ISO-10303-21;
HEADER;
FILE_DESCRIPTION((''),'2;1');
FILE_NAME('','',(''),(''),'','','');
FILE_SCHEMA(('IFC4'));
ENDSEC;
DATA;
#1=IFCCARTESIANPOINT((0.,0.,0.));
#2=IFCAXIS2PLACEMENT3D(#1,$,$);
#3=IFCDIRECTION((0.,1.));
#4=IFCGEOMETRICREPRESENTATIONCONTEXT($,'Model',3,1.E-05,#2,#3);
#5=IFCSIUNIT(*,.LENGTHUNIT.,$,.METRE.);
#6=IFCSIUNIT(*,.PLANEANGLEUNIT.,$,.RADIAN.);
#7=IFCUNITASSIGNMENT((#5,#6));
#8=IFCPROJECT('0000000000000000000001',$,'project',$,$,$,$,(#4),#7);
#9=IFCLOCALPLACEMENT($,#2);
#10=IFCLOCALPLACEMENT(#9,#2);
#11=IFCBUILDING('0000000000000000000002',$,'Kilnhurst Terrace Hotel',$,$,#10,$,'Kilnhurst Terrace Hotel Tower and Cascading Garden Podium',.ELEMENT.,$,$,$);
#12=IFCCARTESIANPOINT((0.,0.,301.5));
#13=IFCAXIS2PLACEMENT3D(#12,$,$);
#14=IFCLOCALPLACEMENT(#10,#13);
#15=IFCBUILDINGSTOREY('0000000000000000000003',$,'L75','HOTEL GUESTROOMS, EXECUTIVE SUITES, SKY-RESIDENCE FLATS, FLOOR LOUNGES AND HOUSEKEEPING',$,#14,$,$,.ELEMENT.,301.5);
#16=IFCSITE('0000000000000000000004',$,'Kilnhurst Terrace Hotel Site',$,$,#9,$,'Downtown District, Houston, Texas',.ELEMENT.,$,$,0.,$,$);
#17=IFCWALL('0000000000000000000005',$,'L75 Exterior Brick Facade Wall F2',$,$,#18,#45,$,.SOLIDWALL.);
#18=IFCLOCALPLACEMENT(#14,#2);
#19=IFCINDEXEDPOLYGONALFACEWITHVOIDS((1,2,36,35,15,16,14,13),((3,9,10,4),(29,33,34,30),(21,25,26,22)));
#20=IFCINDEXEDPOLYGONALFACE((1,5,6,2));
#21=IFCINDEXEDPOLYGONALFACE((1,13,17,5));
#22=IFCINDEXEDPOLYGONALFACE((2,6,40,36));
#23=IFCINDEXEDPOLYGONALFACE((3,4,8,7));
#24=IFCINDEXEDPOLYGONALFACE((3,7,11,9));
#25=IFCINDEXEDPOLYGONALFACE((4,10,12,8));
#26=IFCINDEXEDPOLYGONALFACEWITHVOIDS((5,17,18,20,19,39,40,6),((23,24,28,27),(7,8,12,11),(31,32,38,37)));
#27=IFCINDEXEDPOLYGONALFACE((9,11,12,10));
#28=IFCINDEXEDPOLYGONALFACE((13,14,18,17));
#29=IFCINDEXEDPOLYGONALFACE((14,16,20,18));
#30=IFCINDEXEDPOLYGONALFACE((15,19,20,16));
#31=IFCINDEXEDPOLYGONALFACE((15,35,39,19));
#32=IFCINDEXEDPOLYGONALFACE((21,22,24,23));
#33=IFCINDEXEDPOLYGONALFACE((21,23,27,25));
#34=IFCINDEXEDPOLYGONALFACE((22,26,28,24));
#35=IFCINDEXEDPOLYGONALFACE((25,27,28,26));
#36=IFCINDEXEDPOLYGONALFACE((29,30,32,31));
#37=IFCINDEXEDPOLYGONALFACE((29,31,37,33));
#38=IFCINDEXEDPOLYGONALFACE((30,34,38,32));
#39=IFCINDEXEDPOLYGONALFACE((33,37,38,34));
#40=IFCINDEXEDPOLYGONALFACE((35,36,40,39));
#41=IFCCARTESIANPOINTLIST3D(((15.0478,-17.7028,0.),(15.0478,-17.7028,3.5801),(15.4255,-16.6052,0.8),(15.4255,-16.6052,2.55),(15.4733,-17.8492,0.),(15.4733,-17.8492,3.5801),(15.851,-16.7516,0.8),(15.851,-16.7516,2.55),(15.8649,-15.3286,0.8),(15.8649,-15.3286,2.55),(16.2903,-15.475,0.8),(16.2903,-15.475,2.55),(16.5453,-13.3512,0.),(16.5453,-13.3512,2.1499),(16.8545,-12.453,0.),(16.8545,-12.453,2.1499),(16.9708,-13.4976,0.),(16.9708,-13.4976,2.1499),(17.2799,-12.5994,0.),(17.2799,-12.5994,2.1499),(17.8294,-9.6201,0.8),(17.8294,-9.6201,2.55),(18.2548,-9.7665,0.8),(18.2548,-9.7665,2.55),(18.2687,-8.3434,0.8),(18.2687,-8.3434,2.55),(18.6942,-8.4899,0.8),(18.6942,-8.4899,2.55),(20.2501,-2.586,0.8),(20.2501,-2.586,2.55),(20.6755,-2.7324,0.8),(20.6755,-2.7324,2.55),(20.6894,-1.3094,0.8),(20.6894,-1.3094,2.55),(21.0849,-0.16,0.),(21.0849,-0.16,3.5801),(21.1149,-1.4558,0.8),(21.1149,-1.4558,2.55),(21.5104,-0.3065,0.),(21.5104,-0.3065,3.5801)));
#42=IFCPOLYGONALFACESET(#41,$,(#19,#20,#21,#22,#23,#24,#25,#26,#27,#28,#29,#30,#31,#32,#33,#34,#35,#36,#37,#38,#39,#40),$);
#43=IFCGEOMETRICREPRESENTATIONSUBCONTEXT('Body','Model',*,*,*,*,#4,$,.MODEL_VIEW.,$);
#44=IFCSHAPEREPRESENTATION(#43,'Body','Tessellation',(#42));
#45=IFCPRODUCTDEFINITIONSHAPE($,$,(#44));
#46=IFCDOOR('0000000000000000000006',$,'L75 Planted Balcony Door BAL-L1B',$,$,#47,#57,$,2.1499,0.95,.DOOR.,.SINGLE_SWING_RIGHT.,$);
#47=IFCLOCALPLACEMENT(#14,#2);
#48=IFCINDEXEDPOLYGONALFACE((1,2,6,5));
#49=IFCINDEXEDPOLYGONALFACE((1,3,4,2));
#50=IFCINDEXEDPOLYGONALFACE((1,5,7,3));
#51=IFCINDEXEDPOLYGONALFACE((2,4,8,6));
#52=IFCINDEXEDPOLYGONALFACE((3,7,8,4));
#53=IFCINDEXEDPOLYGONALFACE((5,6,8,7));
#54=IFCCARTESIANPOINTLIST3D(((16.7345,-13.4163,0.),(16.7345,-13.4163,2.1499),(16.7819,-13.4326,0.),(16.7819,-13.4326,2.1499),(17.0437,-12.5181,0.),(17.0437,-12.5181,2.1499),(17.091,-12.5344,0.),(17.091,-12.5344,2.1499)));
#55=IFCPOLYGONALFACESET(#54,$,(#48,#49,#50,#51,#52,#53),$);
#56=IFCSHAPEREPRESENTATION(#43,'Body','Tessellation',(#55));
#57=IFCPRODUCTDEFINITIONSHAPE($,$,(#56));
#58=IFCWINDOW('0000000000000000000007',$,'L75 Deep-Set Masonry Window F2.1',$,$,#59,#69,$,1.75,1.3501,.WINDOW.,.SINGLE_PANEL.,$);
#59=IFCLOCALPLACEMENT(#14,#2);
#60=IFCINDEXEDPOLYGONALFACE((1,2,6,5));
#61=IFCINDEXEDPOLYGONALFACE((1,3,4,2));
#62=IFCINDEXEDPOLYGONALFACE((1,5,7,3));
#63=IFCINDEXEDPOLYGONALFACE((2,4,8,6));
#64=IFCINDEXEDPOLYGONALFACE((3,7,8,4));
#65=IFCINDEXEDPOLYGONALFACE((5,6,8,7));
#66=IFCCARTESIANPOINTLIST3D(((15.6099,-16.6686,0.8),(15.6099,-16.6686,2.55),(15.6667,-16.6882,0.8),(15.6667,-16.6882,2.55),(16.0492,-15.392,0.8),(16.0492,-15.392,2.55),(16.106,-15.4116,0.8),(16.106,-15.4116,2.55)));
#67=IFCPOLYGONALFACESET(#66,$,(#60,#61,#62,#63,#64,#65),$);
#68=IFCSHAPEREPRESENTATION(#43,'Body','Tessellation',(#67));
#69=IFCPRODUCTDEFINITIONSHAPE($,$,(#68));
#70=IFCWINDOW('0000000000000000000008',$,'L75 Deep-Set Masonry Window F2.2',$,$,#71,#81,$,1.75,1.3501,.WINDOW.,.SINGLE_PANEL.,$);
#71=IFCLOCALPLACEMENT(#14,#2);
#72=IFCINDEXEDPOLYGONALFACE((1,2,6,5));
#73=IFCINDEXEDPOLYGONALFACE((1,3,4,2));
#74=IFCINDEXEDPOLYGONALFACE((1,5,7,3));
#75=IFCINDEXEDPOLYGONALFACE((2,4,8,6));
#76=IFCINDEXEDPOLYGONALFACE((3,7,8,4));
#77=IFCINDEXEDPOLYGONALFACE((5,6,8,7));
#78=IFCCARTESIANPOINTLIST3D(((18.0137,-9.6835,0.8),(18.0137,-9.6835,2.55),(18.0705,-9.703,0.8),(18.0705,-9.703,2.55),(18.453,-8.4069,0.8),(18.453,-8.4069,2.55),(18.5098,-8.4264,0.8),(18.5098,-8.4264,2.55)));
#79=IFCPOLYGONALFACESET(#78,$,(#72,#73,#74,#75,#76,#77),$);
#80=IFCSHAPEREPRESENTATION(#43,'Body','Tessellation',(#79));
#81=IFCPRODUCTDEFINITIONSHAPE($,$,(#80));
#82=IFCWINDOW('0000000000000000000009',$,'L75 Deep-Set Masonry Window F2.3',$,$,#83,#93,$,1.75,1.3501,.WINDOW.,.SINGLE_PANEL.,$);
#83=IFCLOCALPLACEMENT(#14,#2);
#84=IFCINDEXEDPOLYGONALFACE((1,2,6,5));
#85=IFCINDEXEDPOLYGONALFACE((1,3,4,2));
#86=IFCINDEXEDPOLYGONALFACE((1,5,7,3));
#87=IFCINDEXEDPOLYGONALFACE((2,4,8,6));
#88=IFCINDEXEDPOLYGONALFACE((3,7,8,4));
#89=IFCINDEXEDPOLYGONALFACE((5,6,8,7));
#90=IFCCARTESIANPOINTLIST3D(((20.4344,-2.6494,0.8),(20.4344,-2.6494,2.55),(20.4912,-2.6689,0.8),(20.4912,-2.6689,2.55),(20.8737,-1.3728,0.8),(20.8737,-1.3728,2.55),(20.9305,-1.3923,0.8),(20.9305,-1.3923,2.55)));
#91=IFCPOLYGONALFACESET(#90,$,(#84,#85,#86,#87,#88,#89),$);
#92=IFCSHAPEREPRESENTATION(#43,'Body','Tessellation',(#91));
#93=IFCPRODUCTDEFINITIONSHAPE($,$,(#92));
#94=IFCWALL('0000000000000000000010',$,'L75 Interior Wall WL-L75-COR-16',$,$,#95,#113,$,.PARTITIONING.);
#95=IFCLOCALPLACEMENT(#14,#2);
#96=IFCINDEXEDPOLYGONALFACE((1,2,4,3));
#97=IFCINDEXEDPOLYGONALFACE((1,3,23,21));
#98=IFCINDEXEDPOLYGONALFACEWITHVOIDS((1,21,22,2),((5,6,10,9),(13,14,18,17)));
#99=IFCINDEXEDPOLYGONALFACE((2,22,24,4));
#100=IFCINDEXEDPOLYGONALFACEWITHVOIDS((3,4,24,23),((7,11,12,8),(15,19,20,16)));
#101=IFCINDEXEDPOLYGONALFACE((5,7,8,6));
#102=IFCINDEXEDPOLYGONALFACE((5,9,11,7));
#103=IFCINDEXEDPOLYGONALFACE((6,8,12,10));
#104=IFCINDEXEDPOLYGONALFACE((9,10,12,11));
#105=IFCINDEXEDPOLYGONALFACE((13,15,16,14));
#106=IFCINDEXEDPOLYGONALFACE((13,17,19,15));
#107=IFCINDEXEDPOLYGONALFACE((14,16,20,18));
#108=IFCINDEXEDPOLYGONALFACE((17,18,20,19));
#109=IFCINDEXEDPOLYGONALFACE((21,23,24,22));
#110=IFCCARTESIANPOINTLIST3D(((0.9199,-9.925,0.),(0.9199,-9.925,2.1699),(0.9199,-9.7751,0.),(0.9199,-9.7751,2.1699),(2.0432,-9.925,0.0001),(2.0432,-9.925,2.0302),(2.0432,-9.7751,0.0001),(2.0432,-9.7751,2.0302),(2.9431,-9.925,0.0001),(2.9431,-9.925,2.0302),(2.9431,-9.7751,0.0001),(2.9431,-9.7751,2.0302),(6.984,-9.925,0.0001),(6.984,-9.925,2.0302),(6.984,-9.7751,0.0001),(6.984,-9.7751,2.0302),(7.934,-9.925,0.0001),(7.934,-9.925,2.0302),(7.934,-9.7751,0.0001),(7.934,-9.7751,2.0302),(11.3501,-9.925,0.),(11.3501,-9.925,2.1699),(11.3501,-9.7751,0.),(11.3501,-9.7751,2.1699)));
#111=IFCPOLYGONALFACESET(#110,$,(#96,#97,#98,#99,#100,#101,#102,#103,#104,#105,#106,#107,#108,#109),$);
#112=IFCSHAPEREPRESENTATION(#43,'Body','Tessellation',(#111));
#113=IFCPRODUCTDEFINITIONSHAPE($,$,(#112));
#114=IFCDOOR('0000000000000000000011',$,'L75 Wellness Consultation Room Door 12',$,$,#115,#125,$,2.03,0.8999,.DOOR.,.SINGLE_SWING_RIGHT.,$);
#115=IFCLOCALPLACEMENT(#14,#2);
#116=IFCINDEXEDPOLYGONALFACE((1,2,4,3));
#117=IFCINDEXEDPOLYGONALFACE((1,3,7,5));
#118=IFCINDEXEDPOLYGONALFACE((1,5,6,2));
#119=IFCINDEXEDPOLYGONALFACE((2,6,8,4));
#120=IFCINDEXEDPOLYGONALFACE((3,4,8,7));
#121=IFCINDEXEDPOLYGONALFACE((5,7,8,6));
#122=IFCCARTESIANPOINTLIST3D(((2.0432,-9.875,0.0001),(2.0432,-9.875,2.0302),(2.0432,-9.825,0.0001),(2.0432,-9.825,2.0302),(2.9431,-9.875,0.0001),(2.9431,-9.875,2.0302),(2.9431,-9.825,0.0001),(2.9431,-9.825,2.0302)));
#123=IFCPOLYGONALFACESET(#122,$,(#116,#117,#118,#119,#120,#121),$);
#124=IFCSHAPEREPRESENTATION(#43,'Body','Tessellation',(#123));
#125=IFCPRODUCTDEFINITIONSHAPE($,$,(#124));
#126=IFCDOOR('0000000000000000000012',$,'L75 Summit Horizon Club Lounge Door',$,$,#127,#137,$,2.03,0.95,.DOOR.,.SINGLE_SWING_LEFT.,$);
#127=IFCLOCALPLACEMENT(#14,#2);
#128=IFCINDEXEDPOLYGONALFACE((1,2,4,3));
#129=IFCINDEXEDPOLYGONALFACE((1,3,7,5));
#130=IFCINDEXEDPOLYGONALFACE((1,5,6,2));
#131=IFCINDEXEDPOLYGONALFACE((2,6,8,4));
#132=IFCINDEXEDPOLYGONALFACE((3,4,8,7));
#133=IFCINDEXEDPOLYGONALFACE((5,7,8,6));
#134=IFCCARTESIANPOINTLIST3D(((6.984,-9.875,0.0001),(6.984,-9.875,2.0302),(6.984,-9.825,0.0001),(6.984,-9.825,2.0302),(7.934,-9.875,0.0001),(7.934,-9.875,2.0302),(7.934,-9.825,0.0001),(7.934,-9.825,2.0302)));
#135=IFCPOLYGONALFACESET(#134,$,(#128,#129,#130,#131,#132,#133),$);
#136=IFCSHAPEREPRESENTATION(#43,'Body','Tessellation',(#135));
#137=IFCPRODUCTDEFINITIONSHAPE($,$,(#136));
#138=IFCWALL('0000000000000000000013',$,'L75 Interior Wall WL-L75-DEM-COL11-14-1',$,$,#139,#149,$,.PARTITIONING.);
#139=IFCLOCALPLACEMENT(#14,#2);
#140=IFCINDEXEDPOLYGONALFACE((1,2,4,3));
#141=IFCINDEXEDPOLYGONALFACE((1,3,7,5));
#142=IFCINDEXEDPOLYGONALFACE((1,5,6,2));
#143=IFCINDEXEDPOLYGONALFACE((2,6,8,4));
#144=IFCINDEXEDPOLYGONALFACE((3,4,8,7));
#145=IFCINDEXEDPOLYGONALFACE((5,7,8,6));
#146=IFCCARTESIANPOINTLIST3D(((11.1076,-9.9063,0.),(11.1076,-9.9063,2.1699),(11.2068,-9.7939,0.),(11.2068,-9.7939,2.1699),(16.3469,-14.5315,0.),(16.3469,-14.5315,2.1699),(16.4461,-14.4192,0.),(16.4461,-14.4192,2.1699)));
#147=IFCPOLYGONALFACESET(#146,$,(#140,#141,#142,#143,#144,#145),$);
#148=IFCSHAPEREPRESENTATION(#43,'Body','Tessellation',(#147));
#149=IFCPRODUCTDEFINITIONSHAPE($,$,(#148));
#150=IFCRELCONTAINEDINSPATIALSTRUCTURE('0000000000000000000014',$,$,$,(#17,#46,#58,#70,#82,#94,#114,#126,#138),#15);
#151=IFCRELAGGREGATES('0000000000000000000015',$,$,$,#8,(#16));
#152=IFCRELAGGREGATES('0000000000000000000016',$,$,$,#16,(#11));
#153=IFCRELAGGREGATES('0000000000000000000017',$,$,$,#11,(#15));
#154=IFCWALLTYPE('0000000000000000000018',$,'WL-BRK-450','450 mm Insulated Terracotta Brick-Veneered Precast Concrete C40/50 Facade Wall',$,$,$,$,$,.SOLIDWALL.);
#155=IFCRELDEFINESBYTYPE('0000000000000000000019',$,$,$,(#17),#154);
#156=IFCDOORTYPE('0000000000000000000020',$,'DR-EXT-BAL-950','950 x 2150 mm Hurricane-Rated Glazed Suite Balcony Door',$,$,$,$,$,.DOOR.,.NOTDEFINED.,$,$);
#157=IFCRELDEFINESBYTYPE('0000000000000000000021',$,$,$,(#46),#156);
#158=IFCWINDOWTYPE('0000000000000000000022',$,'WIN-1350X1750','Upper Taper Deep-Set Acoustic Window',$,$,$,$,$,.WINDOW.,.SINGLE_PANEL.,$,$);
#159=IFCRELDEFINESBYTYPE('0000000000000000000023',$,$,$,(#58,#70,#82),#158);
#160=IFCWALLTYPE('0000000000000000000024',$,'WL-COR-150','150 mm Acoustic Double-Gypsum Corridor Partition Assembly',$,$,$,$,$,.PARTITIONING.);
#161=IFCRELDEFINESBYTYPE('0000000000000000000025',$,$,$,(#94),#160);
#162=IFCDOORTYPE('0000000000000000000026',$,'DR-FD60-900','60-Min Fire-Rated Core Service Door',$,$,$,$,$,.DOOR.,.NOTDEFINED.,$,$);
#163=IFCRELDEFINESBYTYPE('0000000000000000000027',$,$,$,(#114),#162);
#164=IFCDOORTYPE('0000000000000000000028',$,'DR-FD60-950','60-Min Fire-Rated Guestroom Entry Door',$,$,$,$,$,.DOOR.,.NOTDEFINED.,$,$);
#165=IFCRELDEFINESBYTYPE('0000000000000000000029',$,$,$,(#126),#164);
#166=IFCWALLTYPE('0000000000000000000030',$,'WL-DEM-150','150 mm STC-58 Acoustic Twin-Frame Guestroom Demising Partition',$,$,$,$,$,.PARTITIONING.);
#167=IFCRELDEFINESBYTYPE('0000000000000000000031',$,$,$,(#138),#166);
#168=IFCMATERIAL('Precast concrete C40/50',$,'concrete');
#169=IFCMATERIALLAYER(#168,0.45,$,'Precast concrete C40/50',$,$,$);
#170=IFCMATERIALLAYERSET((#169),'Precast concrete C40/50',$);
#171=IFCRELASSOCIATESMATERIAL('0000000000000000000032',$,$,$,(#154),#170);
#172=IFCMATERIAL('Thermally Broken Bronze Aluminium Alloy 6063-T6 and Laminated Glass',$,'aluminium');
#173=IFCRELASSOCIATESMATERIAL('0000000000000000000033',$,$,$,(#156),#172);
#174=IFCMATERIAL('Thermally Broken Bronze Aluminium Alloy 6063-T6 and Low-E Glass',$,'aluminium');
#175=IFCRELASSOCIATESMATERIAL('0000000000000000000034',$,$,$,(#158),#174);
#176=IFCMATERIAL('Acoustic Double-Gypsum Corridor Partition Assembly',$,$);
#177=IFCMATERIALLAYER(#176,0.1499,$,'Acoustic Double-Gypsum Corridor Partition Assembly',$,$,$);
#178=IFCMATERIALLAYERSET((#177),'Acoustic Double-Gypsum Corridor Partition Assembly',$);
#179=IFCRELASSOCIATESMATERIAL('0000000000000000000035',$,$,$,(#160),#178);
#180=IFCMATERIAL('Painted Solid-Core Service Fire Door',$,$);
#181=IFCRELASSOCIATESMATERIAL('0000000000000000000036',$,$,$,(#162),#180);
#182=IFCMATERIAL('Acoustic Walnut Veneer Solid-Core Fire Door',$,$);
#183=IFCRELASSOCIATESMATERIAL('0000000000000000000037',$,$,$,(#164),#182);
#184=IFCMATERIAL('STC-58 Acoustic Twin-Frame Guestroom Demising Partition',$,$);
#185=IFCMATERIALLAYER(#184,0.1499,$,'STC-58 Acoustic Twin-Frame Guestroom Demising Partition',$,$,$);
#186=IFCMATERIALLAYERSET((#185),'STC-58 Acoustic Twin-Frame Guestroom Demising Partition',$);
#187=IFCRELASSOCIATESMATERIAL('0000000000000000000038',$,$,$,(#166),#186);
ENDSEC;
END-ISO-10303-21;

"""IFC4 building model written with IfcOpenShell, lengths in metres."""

from ifc_helpers import new_model, si_unit, direction, frame, frame_2d, origin, place, context, subcontext, project, spatial, rectangle, extrude, material, layer, layer_set, type_object, element, fill, save


model = new_model("IFC4")

# Units and contexts
model_context = context("Model", 3, precision=1e-05, world=origin(), true_north=direction((0.0, 1.0)))
body_context = subcontext(model_context, "Body", "Model", "MODEL_VIEW")
ifc_project = project(units=[si_unit("LENGTHUNIT", "METRE"), si_unit("PLANEANGLEUNIT", "RADIAN")], contexts=[model_context])

# Site, building, storey
site_placement = place(None, origin())
site = spatial("IfcSite", under=ifc_project, at=site_placement, Name="Kilnhurst Terrace Hotel Site", LongName="Downtown District, Houston, Texas", CompositionType="ELEMENT", RefElevation=0.0)
building_placement = place(site_placement, origin())
building = spatial("IfcBuilding", under=site, at=building_placement, Name="Kilnhurst Terrace Hotel", LongName="Kilnhurst Terrace Hotel Tower and Cascading Garden Podium", CompositionType="ELEMENT")
storey_placement = place(building_placement, frame((0.0, 0.0, 301.5)))
storey = spatial("IfcBuildingStorey", under=building, at=storey_placement, Name="L75", Description="HOTEL GUESTROOMS, EXECUTIVE SUITES, SKY-RESIDENCE FLATS, FLOOR LOUNGES AND HOUSEKEEPING", CompositionType="ELEMENT", Elevation=301.5)

# Shared definitions
ifc_material_1 = material(Name="Precast concrete C40/50", Category="concrete")
ifc_layer_1 = layer(ifc_material_1, 0.45, Name="Precast concrete C40/50")
ifc_layer_set_1 = layer_set([ifc_layer_1], Name="Precast concrete C40/50")
wall_type_1 = type_object("IfcWallType", Name="WL-BRK-450", Description="450 mm Insulated Terracotta Brick-Veneered Precast Concrete C40/50 Facade Wall", PredefinedType="SOLIDWALL", material=ifc_layer_set_1)

# Wall, openings, door, windows
wall_1_placement = place(storey_placement, frame((15.2605, -17.7761, 0.0), z_axis=(0.0, 0.0, 1.0), x_axis=(0.325407, 0.945574, 0.0)))
wall_1 = element("IfcWall", 1, at=wall_1_placement, inside=storey, type_object=wall_type_1, Name="L75 Exterior Brick Facade Wall F2", PredefinedType="SOLIDWALL", context=body_context, shape_type="SweptSolid", body=[
    extrude(rectangle(XDim=18.5525, YDim=0.45, at=frame_2d((9.2764, 0.0))), origin(), (0.0, 0.0, 1.0), 3.5801),
])
opening_1_placement = place(wall_1_placement, frame((4.6021, 0.0, 0.0)))
opening_1 = element("IfcOpeningElement", 2, at=opening_1_placement, cuts=wall_1, PredefinedType="OPENING", context=body_context, shape_type="SweptSolid", body=[
    extrude(rectangle(XDim=0.95, YDim=2.1499, at=frame_2d((0.4751, 1.075))), frame((0.0, 0.2349, 0.0), z_axis=(0.0, -1.0, 0.0), x_axis=(1.0, 0.0, 0.0)), (0.0, 0.0, 1.0), 0.47),
])
opening_2_placement = place(wall_1_placement, frame((1.1609, 0.0, 0.8)))
opening_2 = element("IfcOpeningElement", 3, at=opening_2_placement, cuts=wall_1, PredefinedType="OPENING", context=body_context, shape_type="SweptSolid", body=[
    extrude(rectangle(XDim=1.3501, YDim=1.75, at=frame_2d((0.675, 0.875))), frame((0.0, 0.2349, 0.0), z_axis=(0.0, -1.0, 0.0), x_axis=(1.0, 0.0, 0.0)), (0.0, 0.0, 1.0), 0.47),
])
opening_3_placement = place(wall_1_placement, frame((8.5481, 0.0, 0.8)))
opening_3 = element("IfcOpeningElement", 4, at=opening_3_placement, cuts=wall_1, PredefinedType="OPENING", context=body_context, shape_type="SweptSolid", body=[
    extrude(rectangle(XDim=1.3501, YDim=1.75, at=frame_2d((0.675, 0.875))), frame((0.0, 0.2349, 0.0), z_axis=(0.0, -1.0, 0.0), x_axis=(1.0, 0.0, 0.0)), (0.0, 0.0, 1.0), 0.47),
])
opening_4_placement = place(wall_1_placement, frame((15.9871, 0.0, 0.8)))
opening_4 = element("IfcOpeningElement", 5, at=opening_4_placement, cuts=wall_1, PredefinedType="OPENING", context=body_context, shape_type="SweptSolid", body=[
    extrude(rectangle(XDim=1.3501, YDim=1.75, at=frame_2d((0.675, 0.875))), frame((0.0, 0.2349, 0.0), z_axis=(0.0, -1.0, 0.0), x_axis=(1.0, 0.0, 0.0)), (0.0, 0.0, 1.0), 0.47),
])
ifc_material_2 = material(Name="Thermally Broken Bronze Aluminium Alloy 6063-T6 and Laminated Glass", Category="aluminium")
door_type_1 = type_object("IfcDoorType", Name="DR-EXT-BAL-950", Description="950 x 2150 mm Hurricane-Rated Glazed Suite Balcony Door", OperationType="NOTDEFINED", PredefinedType="DOOR", material=ifc_material_2)
door_1_placement = place(opening_1_placement, origin())
door_1 = element("IfcDoor", 6, at=door_1_placement, inside=storey, type_object=door_type_1, Name="L75 Planted Balcony Door BAL-L1B", OperationType="SINGLE_SWING_RIGHT", OverallHeight=2.1499, OverallWidth=0.95, PredefinedType="DOOR", context=body_context, shape_type="SweptSolid", body=[
    extrude(rectangle(XDim=0.95, YDim=2.1499, at=frame_2d((0.4751, 1.075))), frame((0.0, 0.0249, 0.0), z_axis=(0.0, -1.0, 0.0), x_axis=(1.0, 0.0, 0.0)), (0.0, 0.0, 1.0), 0.05),
])
fill(opening_1, door_1)
ifc_material_3 = material(Name="Thermally Broken Bronze Aluminium Alloy 6063-T6 and Low-E Glass", Category="aluminium")
window_type = type_object("IfcWindowType", Name="WIN-1350X1750", Description="Upper Taper Deep-Set Acoustic Window", PartitioningType="SINGLE_PANEL", PredefinedType="WINDOW", material=ifc_material_3)
window_1_placement = place(opening_2_placement, origin())
window_1 = element("IfcWindow", 7, at=window_1_placement, inside=storey, type_object=window_type, Name="L75 Deep-Set Masonry Window F2.1", OverallHeight=1.75, OverallWidth=1.3501, PartitioningType="SINGLE_PANEL", PredefinedType="WINDOW", context=body_context, shape_type="SweptSolid", body=[
    extrude(rectangle(XDim=1.3501, YDim=1.75, at=frame_2d((0.675, 0.875))), frame((0.0, 0.03, 0.0), z_axis=(0.0, -1.0, 0.0), x_axis=(1.0, 0.0, 0.0)), (0.0, 0.0, 1.0), 0.0601),
])
fill(opening_2, window_1)
window_2_placement = place(opening_3_placement, origin())
window_2 = element("IfcWindow", 8, at=window_2_placement, inside=storey, type_object=window_type, Name="L75 Deep-Set Masonry Window F2.2", OverallHeight=1.75, OverallWidth=1.3501, PartitioningType="SINGLE_PANEL", PredefinedType="WINDOW", context=body_context, shape_type="SweptSolid", body=[
    extrude(rectangle(XDim=1.3501, YDim=1.75, at=frame_2d((0.675, 0.875))), frame((0.0, 0.03, 0.0), z_axis=(0.0, -1.0, 0.0), x_axis=(1.0, 0.0, 0.0)), (0.0, 0.0, 1.0), 0.0601),
])
fill(opening_3, window_2)
window_3_placement = place(opening_4_placement, origin())
window_3 = element("IfcWindow", 9, at=window_3_placement, inside=storey, type_object=window_type, Name="L75 Deep-Set Masonry Window F2.3", OverallHeight=1.75, OverallWidth=1.3501, PartitioningType="SINGLE_PANEL", PredefinedType="WINDOW", context=body_context, shape_type="SweptSolid", body=[
    extrude(rectangle(XDim=1.3501, YDim=1.75, at=frame_2d((0.675, 0.875))), frame((0.0, 0.03, 0.0), z_axis=(0.0, -1.0, 0.0), x_axis=(1.0, 0.0, 0.0)), (0.0, 0.0, 1.0), 0.0601),
])
fill(opening_4, window_3)

# Wall, openings, doors
ifc_material_4 = material(Name="Acoustic Double-Gypsum Corridor Partition Assembly")
ifc_layer_2 = layer(ifc_material_4, 0.1499, Name="Acoustic Double-Gypsum Corridor Partition Assembly")
ifc_layer_set_2 = layer_set([ifc_layer_2], Name="Acoustic Double-Gypsum Corridor Partition Assembly")
wall_type_2 = type_object("IfcWallType", Name="WL-COR-150", Description="150 mm Acoustic Double-Gypsum Corridor Partition Assembly", PredefinedType="PARTITIONING", material=ifc_layer_set_2)
wall_2_placement = place(storey_placement, frame((11.3501, -9.8501, 0.0), z_axis=(0.0, 0.0, 1.0), x_axis=(-1.0, 0.0, 0.0)))
wall_2 = element("IfcWall", 10, at=wall_2_placement, inside=storey, type_object=wall_type_2, Name="L75 Interior Wall WL-L75-COR-16", PredefinedType="PARTITIONING", context=body_context, shape_type="SweptSolid", body=[
    extrude(rectangle(XDim=10.4302, YDim=0.1499, at=frame_2d((5.2151, 0.0))), origin(), (0.0, 0.0, 1.0), 2.1699),
])
opening_5_placement = place(wall_2_placement, frame((8.407, 0.0, 0.0)))
opening_5 = element("IfcOpeningElement", 11, at=opening_5_placement, cuts=wall_2, PredefinedType="OPENING", context=body_context, shape_type="SweptSolid", body=[
    extrude(rectangle(XDim=0.8999, YDim=2.03, at=frame_2d((0.45, 1.0151))), frame((0.0, 0.085, 0.0), z_axis=(0.0, -1.0, 0.0), x_axis=(1.0, 0.0, 0.0)), (0.0, 0.0, 1.0), 0.1699),
])
opening_6_placement = place(wall_2_placement, frame((3.416, 0.0, 0.0)))
opening_6 = element("IfcOpeningElement", 12, at=opening_6_placement, cuts=wall_2, PredefinedType="OPENING", context=body_context, shape_type="SweptSolid", body=[
    extrude(rectangle(XDim=0.95, YDim=2.03, at=frame_2d((0.4751, 1.0151))), frame((0.0, 0.085, 0.0), z_axis=(0.0, -1.0, 0.0), x_axis=(1.0, 0.0, 0.0)), (0.0, 0.0, 1.0), 0.1699),
])
ifc_material_5 = material(Name="Painted Solid-Core Service Fire Door")
door_type_2 = type_object("IfcDoorType", Name="DR-FD60-900", Description="60-Min Fire-Rated Core Service Door", OperationType="NOTDEFINED", PredefinedType="DOOR", material=ifc_material_5)
door_2_placement = place(opening_5_placement, origin())
door_2 = element("IfcDoor", 13, at=door_2_placement, inside=storey, type_object=door_type_2, Name="L75 Wellness Consultation Room Door 12", OperationType="SINGLE_SWING_RIGHT", OverallHeight=2.03, OverallWidth=0.8999, PredefinedType="DOOR", context=body_context, shape_type="SweptSolid", body=[
    extrude(rectangle(XDim=0.8999, YDim=2.03, at=frame_2d((0.45, 1.0151))), frame((0.0, 0.0249, 0.0), z_axis=(0.0, -1.0, 0.0), x_axis=(1.0, 0.0, 0.0)), (0.0, 0.0, 1.0), 0.05),
])
fill(opening_5, door_2)
ifc_material_6 = material(Name="Acoustic Walnut Veneer Solid-Core Fire Door")
door_type_3 = type_object("IfcDoorType", Name="DR-FD60-950", Description="60-Min Fire-Rated Guestroom Entry Door", OperationType="NOTDEFINED", PredefinedType="DOOR", material=ifc_material_6)
door_3_placement = place(opening_6_placement, origin())
door_3 = element("IfcDoor", 14, at=door_3_placement, inside=storey, type_object=door_type_3, Name="L75 Summit Horizon Club Lounge Door", OperationType="SINGLE_SWING_LEFT", OverallHeight=2.03, OverallWidth=0.95, PredefinedType="DOOR", context=body_context, shape_type="SweptSolid", body=[
    extrude(rectangle(XDim=0.95, YDim=2.03, at=frame_2d((0.4751, 1.0151))), frame((0.0, 0.0249, 0.0), z_axis=(0.0, -1.0, 0.0), x_axis=(1.0, 0.0, 0.0)), (0.0, 0.0, 1.0), 0.05),
])
fill(opening_6, door_3)

# Wall
ifc_material_7 = material(Name="STC-58 Acoustic Twin-Frame Guestroom Demising Partition")
ifc_layer_3 = layer(ifc_material_7, 0.1499, Name="STC-58 Acoustic Twin-Frame Guestroom Demising Partition")
ifc_layer_set_3 = layer_set([ifc_layer_3], Name="STC-58 Acoustic Twin-Frame Guestroom Demising Partition")
wall_type_3 = type_object("IfcWallType", Name="WL-DEM-150", Description="150 mm STC-58 Acoustic Twin-Frame Guestroom Demising Partition", PredefinedType="PARTITIONING", material=ifc_layer_set_3)
wall_3_placement = place(storey_placement, frame((11.1572, -9.8501, 0.0), z_axis=(0.0, 0.0, 1.0), x_axis=(0.74967, -0.661812, 0.0)))
element("IfcWall", 15, at=wall_3_placement, inside=storey, type_object=wall_type_3, Name="L75 Interior Wall WL-L75-DEM-COL11-14-1", PredefinedType="PARTITIONING", context=body_context, shape_type="SweptSolid", body=[
    extrude(rectangle(XDim=6.9888, YDim=0.1499, at=frame_2d((3.4944, 0.0))), origin(), (0.0, 0.0, 1.0), 2.1699),
])

save(model, "model.ifc")
